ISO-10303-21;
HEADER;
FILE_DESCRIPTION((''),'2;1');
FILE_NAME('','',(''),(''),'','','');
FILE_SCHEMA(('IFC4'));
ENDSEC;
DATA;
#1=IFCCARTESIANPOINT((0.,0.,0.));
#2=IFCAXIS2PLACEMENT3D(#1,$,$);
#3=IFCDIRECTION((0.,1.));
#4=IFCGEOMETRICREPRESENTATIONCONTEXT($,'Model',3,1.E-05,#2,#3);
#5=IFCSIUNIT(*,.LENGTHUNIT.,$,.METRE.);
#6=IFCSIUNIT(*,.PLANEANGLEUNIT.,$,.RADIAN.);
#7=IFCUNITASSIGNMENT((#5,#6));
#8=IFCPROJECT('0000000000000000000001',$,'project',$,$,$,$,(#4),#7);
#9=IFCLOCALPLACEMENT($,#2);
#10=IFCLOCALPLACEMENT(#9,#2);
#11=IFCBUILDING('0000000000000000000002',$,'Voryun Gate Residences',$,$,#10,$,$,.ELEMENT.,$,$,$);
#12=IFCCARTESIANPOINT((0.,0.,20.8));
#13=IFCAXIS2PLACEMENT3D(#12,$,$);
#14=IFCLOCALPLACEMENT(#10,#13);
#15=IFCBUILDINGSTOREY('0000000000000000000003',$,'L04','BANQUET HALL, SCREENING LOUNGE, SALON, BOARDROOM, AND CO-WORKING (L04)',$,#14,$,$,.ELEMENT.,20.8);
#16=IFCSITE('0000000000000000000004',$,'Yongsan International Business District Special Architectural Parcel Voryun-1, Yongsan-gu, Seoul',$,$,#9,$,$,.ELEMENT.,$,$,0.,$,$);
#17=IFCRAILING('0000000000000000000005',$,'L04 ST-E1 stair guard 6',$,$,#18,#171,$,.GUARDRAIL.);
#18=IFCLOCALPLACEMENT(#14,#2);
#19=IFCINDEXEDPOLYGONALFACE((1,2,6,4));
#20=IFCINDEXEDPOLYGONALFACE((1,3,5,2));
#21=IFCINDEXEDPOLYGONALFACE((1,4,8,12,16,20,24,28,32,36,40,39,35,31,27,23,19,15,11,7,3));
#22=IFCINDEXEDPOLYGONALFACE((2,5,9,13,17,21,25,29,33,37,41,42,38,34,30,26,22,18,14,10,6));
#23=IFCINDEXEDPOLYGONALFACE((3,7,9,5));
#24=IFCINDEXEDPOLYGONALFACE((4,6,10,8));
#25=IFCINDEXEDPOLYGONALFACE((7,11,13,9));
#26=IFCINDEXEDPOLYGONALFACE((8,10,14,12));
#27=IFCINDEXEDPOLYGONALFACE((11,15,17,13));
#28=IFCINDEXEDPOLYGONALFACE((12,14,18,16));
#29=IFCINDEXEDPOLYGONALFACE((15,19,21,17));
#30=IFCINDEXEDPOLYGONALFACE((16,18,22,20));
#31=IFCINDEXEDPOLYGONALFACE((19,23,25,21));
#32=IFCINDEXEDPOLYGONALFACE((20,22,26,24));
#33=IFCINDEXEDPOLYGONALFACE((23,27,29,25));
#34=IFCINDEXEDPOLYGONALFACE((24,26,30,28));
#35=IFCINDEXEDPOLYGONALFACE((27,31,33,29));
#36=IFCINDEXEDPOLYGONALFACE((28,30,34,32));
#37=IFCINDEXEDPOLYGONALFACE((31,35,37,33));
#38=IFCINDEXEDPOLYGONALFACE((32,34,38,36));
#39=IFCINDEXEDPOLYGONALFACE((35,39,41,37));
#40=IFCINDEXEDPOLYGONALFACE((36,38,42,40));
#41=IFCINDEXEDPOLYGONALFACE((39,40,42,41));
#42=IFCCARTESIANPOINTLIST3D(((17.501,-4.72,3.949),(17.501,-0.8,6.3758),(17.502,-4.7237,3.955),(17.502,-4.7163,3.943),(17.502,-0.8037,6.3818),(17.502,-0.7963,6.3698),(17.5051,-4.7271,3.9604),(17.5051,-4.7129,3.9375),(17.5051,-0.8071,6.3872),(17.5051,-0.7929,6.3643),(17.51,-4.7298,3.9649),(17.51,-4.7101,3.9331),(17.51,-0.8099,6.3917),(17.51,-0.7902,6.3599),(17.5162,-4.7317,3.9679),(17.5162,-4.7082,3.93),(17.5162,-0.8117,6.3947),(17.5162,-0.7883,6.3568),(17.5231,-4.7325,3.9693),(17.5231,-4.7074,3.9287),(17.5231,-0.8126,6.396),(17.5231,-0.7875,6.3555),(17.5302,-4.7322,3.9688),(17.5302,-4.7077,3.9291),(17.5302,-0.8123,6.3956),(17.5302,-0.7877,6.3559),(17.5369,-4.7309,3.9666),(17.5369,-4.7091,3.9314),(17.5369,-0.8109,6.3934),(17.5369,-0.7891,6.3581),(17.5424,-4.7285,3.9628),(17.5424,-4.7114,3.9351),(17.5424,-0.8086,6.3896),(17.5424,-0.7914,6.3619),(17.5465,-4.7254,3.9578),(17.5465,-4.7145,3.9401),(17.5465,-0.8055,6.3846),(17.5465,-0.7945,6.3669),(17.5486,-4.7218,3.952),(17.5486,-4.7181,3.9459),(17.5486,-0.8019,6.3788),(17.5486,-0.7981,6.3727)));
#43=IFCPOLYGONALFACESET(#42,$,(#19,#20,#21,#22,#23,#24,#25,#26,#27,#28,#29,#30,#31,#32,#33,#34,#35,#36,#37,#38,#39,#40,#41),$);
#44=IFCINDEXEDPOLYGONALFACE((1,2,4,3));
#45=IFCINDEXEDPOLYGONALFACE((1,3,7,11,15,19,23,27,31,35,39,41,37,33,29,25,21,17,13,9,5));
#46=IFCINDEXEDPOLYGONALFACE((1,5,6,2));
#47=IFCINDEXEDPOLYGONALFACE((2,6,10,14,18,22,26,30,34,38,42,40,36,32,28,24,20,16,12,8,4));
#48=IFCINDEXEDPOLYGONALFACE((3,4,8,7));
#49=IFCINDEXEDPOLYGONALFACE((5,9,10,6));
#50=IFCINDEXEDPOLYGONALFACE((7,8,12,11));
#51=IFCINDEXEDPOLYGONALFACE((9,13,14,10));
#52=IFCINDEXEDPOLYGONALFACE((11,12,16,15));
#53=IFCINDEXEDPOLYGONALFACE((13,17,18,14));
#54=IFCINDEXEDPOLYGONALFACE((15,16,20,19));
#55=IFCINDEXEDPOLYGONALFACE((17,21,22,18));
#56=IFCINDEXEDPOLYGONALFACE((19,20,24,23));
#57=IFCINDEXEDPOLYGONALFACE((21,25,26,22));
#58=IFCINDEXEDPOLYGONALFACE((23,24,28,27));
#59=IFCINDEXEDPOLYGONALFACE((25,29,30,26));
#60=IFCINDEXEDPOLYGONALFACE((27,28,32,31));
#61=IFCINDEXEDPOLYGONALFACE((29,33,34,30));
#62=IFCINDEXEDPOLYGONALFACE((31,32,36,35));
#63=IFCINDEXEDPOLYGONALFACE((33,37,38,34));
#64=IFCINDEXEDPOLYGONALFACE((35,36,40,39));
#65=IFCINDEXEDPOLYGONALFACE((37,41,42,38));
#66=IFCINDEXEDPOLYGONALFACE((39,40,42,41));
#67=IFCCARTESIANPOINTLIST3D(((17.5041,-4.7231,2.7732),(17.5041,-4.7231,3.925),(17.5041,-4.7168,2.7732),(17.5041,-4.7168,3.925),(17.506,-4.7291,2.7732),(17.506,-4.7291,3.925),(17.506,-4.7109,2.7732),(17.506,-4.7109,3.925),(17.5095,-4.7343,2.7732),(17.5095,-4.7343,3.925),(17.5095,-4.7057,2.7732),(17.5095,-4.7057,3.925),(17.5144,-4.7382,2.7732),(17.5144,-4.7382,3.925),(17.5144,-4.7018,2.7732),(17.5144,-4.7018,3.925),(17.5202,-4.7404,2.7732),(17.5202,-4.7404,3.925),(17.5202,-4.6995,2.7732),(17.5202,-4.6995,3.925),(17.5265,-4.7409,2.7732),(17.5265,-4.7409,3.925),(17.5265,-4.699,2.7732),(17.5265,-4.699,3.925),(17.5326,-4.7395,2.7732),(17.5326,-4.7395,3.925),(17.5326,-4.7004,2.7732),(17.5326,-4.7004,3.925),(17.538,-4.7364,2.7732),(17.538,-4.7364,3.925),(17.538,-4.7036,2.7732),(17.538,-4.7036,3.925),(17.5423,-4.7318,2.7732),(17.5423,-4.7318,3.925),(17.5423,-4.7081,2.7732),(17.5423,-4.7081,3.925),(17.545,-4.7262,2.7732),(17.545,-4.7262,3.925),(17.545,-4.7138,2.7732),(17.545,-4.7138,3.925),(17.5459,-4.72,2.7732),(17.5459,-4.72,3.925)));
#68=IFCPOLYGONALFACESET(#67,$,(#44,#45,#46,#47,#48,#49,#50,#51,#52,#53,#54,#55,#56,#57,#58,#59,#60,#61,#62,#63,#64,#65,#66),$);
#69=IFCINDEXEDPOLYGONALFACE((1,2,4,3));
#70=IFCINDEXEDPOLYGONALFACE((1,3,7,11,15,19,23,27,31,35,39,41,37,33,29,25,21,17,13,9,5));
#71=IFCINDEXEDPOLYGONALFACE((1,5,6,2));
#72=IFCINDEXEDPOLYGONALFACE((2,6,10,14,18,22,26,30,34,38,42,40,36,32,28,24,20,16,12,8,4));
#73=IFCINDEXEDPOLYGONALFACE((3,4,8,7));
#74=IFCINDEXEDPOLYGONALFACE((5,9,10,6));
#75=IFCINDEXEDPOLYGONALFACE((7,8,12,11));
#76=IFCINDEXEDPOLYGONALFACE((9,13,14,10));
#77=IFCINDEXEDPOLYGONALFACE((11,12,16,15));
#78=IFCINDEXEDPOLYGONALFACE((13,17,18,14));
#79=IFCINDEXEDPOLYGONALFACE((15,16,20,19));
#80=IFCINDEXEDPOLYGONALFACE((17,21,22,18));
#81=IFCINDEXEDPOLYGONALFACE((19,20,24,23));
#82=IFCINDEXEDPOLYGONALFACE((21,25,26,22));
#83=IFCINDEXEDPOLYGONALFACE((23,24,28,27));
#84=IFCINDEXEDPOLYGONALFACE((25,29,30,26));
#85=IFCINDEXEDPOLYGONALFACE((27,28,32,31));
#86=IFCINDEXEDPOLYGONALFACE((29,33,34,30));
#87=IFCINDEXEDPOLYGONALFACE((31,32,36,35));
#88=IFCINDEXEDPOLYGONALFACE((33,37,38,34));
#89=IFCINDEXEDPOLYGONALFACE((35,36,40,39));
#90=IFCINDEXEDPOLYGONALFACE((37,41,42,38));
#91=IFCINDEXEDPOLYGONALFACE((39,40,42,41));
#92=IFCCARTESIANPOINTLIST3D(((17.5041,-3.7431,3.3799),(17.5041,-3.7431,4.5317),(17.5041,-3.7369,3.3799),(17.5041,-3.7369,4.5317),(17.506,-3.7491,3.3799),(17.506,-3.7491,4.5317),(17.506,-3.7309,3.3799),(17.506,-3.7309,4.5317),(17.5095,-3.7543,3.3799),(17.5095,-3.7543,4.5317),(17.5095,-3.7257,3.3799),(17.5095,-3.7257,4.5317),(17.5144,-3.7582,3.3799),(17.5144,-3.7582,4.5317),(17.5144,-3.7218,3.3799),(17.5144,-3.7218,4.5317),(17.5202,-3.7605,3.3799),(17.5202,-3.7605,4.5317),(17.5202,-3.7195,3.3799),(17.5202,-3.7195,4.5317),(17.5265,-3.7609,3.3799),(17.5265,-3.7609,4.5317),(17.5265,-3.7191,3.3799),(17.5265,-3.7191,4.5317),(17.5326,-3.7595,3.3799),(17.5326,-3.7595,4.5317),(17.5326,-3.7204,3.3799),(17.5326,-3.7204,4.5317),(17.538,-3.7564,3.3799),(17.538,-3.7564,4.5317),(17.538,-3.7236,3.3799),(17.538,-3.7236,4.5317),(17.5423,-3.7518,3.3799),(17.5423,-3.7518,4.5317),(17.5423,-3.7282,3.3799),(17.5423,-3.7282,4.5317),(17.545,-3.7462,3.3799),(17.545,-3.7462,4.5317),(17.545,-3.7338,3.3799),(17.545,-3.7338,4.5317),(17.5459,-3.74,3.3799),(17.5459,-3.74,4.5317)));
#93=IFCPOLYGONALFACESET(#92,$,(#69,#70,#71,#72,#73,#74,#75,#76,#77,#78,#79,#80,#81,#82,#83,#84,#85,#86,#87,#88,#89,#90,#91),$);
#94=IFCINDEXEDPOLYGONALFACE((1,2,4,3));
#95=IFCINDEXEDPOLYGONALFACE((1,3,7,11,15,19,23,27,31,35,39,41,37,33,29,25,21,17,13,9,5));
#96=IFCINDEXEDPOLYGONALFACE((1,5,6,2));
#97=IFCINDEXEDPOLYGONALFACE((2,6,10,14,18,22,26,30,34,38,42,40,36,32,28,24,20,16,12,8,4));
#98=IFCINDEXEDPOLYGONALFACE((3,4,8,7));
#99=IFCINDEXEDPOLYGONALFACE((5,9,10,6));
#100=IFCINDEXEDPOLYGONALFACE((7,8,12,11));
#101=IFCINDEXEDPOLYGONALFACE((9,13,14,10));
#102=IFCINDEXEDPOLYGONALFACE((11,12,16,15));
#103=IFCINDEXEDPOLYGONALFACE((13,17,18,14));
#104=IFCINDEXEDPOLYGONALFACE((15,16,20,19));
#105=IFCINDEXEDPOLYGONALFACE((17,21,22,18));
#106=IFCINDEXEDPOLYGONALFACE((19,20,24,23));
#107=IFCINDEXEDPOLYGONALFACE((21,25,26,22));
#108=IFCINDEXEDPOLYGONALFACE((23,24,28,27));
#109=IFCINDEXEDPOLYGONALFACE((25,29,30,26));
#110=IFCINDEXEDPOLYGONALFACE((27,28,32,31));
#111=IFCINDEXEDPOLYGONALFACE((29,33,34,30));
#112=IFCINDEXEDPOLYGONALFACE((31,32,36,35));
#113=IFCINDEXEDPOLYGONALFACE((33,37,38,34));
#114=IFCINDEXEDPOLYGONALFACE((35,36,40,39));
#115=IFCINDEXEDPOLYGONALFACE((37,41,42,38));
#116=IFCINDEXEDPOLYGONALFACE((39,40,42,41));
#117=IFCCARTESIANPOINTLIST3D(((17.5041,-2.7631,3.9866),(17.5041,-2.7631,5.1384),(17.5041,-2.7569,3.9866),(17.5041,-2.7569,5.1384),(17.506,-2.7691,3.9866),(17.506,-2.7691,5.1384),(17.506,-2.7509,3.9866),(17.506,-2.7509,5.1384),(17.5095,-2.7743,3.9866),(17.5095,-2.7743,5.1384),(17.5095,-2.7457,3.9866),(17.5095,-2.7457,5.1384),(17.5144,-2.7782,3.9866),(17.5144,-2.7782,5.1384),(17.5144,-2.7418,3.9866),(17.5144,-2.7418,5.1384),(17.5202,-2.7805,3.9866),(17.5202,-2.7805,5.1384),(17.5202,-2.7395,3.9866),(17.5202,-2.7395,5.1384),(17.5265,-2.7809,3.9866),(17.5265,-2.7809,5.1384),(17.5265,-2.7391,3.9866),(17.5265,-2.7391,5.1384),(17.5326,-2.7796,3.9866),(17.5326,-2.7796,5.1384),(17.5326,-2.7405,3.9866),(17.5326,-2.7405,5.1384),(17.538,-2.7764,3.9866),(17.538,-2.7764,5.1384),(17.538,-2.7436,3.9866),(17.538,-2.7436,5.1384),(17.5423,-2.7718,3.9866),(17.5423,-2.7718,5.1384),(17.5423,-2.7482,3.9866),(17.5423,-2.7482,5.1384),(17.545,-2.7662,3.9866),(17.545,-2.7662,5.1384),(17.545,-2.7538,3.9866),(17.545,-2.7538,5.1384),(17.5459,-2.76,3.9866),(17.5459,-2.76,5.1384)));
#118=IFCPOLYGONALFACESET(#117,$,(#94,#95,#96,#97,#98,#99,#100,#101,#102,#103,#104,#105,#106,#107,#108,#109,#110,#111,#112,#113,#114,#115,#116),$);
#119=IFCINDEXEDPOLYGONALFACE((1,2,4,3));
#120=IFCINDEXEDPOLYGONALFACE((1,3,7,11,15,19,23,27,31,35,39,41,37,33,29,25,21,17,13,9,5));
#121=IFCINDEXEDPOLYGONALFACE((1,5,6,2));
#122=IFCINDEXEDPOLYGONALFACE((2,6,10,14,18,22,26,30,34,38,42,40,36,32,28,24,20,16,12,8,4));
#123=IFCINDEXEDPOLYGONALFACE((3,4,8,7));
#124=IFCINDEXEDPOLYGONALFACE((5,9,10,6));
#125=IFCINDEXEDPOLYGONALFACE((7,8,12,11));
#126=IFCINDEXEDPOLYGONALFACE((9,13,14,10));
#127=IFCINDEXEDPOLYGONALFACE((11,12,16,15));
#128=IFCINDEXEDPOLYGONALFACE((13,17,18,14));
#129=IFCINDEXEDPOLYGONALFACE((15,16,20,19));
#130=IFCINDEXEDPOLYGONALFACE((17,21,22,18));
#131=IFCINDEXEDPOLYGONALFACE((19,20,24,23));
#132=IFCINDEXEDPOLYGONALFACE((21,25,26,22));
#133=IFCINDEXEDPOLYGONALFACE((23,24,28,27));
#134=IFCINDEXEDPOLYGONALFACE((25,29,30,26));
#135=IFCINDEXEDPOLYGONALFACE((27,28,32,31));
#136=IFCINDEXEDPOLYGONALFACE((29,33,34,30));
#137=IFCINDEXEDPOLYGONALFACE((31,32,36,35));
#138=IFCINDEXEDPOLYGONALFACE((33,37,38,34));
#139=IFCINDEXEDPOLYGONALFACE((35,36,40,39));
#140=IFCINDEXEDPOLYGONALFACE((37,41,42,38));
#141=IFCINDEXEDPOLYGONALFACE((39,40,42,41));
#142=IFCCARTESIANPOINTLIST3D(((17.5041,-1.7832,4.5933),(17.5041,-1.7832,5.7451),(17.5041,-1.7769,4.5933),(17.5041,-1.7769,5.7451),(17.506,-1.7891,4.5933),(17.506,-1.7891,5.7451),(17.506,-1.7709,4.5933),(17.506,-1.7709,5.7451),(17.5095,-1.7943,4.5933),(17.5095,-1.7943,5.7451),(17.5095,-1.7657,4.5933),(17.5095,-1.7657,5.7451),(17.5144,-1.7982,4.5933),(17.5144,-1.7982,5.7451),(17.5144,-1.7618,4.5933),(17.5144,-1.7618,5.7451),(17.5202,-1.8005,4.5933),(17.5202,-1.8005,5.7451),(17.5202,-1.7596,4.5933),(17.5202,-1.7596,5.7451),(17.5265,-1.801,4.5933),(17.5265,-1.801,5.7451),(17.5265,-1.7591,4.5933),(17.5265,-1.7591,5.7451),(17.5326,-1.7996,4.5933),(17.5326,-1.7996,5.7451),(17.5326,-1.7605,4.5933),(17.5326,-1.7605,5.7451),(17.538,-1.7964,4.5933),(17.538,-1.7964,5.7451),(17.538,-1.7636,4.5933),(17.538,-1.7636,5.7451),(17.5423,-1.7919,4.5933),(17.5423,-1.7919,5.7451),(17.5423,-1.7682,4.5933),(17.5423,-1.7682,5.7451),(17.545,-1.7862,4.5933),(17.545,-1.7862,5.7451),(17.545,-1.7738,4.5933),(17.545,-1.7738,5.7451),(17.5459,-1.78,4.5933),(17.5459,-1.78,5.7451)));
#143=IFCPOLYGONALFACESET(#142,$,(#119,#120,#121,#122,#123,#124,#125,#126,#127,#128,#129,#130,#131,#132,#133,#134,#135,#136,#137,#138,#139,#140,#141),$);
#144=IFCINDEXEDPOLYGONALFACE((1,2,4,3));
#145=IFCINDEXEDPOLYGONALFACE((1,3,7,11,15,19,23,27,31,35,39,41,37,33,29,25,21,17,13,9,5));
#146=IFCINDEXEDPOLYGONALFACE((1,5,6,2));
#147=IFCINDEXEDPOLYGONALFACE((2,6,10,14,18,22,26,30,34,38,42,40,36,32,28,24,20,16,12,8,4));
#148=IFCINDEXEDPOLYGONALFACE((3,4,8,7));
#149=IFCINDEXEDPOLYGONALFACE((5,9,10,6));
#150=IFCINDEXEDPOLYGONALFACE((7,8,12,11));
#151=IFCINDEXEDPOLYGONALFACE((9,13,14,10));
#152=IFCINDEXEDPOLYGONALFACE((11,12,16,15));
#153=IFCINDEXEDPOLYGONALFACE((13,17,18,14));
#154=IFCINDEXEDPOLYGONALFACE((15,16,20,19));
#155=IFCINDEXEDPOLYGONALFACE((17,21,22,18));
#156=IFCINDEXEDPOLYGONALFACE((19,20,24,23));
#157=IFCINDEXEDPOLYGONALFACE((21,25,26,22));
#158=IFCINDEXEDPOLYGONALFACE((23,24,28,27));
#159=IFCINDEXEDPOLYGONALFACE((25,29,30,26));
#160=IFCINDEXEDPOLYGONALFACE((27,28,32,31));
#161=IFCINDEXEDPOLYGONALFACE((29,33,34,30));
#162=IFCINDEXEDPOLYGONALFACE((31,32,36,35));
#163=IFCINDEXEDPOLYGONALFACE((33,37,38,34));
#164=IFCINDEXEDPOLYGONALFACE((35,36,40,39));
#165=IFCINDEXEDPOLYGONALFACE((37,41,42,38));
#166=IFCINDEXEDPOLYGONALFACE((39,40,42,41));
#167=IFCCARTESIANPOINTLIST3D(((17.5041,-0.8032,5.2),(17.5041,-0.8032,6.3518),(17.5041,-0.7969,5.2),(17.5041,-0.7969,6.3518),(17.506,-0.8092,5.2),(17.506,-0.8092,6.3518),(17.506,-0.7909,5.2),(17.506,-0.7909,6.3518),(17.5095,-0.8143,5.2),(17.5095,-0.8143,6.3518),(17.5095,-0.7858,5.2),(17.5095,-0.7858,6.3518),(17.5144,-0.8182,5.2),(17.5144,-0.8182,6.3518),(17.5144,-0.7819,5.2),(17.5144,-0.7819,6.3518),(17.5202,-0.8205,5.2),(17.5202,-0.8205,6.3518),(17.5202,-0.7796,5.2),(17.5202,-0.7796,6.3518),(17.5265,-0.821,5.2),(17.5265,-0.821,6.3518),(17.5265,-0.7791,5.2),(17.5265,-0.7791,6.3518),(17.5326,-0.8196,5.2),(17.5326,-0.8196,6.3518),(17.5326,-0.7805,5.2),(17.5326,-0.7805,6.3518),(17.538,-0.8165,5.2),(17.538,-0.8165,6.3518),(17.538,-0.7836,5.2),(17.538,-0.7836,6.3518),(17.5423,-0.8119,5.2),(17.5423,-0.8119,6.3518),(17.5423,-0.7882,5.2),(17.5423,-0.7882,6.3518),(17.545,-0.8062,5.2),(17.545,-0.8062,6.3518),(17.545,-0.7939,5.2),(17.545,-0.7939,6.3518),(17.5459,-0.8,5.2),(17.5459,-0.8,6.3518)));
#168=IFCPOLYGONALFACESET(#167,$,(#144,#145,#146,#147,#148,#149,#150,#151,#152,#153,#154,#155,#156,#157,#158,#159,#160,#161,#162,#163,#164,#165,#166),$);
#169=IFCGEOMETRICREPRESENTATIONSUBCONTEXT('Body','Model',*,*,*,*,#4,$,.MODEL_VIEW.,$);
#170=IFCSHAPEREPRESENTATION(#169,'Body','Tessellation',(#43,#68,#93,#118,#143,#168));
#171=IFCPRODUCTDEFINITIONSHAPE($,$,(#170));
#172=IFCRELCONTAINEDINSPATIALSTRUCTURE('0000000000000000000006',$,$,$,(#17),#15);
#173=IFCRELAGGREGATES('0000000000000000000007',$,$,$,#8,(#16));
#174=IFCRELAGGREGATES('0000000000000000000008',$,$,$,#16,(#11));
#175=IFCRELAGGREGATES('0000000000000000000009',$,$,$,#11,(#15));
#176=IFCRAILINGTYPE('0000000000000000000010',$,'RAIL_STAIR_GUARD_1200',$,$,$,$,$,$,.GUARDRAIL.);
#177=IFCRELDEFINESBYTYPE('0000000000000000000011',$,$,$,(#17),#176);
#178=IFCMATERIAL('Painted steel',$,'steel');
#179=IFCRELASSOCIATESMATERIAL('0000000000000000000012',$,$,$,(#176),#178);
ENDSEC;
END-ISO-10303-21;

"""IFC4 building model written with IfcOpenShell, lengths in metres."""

from ifc_helpers import new_model, si_unit, direction, frame, origin, origin_2d, place, context, subcontext, project, spatial, circle, extrude, material, type_object, element, save


model = new_model("IFC4")

# Units and contexts
model_context = context("Model", 3, precision=1e-05, world=origin(), true_north=direction((0.0, 1.0)))
body_context = subcontext(model_context, "Body", "Model", "MODEL_VIEW")
ifc_project = project(units=[si_unit("LENGTHUNIT", "METRE"), si_unit("PLANEANGLEUNIT", "RADIAN")], contexts=[model_context])

# Site, building, storey
site_placement = place(None, origin())
site = spatial("IfcSite", under=ifc_project, at=site_placement, Name="Yongsan International Business District Special Architectural Parcel Voryun-1, Yongsan-gu, Seoul", CompositionType="ELEMENT", RefElevation=0.0)
building_placement = place(site_placement, origin())
building = spatial("IfcBuilding", under=site, at=building_placement, Name="Voryun Gate Residences", CompositionType="ELEMENT")
storey_placement = place(building_placement, frame((0.0, 0.0, 20.8)))
storey = spatial("IfcBuildingStorey", under=building, at=storey_placement, Name="L04", Description="BANQUET HALL, SCREENING LOUNGE, SALON, BOARDROOM, AND CO-WORKING (L04)", CompositionType="ELEMENT", Elevation=20.8)

# Railing
ifc_material_1 = material(Name="Painted steel", Category="steel")
railing_type = type_object("IfcRailingType", Name="RAIL_STAIR_GUARD_1200", PredefinedType="GUARDRAIL", material=ifc_material_1)
railing_1_placement = place(storey_placement, frame((17.5249, -4.72, 2.7732)))
element("IfcRailing", 1, at=railing_1_placement, inside=storey, type_object=railing_type, Name="L04 ST-E1 stair guard 6", PredefinedType="GUARDRAIL", context=body_context, shape_type="SweptSolid", body=[
    extrude(circle(Radius=0.0239, at=origin_2d()), frame((0.0, 0.0, 1.1758), z_axis=(0.0, 0.850252, 0.526376), x_axis=(-1.0, 0.0, 0.0)), (0.0, 0.0, 1.0), 4.6104),
    extrude(circle(Radius=0.021, at=origin_2d()), origin(), (0.0, 0.0, 1.0), 1.1519),
    extrude(circle(Radius=0.021, at=origin_2d()), frame((0.0, 0.98, 0.6067)), (0.0, 0.0, 1.0), 1.1519),
    extrude(circle(Radius=0.021, at=origin_2d()), frame((0.0, 1.96, 1.2134)), (0.0, 0.0, 1.0), 1.1519),
    extrude(circle(Radius=0.021, at=origin_2d()), frame((0.0, 2.9399, 1.8201)), (0.0, 0.0, 1.0), 1.1519),
    extrude(circle(Radius=0.021, at=origin_2d()), frame((0.0, 3.9199, 2.4268)), (0.0, 0.0, 1.0), 1.1519),
])

save(model, "model.ifc")
